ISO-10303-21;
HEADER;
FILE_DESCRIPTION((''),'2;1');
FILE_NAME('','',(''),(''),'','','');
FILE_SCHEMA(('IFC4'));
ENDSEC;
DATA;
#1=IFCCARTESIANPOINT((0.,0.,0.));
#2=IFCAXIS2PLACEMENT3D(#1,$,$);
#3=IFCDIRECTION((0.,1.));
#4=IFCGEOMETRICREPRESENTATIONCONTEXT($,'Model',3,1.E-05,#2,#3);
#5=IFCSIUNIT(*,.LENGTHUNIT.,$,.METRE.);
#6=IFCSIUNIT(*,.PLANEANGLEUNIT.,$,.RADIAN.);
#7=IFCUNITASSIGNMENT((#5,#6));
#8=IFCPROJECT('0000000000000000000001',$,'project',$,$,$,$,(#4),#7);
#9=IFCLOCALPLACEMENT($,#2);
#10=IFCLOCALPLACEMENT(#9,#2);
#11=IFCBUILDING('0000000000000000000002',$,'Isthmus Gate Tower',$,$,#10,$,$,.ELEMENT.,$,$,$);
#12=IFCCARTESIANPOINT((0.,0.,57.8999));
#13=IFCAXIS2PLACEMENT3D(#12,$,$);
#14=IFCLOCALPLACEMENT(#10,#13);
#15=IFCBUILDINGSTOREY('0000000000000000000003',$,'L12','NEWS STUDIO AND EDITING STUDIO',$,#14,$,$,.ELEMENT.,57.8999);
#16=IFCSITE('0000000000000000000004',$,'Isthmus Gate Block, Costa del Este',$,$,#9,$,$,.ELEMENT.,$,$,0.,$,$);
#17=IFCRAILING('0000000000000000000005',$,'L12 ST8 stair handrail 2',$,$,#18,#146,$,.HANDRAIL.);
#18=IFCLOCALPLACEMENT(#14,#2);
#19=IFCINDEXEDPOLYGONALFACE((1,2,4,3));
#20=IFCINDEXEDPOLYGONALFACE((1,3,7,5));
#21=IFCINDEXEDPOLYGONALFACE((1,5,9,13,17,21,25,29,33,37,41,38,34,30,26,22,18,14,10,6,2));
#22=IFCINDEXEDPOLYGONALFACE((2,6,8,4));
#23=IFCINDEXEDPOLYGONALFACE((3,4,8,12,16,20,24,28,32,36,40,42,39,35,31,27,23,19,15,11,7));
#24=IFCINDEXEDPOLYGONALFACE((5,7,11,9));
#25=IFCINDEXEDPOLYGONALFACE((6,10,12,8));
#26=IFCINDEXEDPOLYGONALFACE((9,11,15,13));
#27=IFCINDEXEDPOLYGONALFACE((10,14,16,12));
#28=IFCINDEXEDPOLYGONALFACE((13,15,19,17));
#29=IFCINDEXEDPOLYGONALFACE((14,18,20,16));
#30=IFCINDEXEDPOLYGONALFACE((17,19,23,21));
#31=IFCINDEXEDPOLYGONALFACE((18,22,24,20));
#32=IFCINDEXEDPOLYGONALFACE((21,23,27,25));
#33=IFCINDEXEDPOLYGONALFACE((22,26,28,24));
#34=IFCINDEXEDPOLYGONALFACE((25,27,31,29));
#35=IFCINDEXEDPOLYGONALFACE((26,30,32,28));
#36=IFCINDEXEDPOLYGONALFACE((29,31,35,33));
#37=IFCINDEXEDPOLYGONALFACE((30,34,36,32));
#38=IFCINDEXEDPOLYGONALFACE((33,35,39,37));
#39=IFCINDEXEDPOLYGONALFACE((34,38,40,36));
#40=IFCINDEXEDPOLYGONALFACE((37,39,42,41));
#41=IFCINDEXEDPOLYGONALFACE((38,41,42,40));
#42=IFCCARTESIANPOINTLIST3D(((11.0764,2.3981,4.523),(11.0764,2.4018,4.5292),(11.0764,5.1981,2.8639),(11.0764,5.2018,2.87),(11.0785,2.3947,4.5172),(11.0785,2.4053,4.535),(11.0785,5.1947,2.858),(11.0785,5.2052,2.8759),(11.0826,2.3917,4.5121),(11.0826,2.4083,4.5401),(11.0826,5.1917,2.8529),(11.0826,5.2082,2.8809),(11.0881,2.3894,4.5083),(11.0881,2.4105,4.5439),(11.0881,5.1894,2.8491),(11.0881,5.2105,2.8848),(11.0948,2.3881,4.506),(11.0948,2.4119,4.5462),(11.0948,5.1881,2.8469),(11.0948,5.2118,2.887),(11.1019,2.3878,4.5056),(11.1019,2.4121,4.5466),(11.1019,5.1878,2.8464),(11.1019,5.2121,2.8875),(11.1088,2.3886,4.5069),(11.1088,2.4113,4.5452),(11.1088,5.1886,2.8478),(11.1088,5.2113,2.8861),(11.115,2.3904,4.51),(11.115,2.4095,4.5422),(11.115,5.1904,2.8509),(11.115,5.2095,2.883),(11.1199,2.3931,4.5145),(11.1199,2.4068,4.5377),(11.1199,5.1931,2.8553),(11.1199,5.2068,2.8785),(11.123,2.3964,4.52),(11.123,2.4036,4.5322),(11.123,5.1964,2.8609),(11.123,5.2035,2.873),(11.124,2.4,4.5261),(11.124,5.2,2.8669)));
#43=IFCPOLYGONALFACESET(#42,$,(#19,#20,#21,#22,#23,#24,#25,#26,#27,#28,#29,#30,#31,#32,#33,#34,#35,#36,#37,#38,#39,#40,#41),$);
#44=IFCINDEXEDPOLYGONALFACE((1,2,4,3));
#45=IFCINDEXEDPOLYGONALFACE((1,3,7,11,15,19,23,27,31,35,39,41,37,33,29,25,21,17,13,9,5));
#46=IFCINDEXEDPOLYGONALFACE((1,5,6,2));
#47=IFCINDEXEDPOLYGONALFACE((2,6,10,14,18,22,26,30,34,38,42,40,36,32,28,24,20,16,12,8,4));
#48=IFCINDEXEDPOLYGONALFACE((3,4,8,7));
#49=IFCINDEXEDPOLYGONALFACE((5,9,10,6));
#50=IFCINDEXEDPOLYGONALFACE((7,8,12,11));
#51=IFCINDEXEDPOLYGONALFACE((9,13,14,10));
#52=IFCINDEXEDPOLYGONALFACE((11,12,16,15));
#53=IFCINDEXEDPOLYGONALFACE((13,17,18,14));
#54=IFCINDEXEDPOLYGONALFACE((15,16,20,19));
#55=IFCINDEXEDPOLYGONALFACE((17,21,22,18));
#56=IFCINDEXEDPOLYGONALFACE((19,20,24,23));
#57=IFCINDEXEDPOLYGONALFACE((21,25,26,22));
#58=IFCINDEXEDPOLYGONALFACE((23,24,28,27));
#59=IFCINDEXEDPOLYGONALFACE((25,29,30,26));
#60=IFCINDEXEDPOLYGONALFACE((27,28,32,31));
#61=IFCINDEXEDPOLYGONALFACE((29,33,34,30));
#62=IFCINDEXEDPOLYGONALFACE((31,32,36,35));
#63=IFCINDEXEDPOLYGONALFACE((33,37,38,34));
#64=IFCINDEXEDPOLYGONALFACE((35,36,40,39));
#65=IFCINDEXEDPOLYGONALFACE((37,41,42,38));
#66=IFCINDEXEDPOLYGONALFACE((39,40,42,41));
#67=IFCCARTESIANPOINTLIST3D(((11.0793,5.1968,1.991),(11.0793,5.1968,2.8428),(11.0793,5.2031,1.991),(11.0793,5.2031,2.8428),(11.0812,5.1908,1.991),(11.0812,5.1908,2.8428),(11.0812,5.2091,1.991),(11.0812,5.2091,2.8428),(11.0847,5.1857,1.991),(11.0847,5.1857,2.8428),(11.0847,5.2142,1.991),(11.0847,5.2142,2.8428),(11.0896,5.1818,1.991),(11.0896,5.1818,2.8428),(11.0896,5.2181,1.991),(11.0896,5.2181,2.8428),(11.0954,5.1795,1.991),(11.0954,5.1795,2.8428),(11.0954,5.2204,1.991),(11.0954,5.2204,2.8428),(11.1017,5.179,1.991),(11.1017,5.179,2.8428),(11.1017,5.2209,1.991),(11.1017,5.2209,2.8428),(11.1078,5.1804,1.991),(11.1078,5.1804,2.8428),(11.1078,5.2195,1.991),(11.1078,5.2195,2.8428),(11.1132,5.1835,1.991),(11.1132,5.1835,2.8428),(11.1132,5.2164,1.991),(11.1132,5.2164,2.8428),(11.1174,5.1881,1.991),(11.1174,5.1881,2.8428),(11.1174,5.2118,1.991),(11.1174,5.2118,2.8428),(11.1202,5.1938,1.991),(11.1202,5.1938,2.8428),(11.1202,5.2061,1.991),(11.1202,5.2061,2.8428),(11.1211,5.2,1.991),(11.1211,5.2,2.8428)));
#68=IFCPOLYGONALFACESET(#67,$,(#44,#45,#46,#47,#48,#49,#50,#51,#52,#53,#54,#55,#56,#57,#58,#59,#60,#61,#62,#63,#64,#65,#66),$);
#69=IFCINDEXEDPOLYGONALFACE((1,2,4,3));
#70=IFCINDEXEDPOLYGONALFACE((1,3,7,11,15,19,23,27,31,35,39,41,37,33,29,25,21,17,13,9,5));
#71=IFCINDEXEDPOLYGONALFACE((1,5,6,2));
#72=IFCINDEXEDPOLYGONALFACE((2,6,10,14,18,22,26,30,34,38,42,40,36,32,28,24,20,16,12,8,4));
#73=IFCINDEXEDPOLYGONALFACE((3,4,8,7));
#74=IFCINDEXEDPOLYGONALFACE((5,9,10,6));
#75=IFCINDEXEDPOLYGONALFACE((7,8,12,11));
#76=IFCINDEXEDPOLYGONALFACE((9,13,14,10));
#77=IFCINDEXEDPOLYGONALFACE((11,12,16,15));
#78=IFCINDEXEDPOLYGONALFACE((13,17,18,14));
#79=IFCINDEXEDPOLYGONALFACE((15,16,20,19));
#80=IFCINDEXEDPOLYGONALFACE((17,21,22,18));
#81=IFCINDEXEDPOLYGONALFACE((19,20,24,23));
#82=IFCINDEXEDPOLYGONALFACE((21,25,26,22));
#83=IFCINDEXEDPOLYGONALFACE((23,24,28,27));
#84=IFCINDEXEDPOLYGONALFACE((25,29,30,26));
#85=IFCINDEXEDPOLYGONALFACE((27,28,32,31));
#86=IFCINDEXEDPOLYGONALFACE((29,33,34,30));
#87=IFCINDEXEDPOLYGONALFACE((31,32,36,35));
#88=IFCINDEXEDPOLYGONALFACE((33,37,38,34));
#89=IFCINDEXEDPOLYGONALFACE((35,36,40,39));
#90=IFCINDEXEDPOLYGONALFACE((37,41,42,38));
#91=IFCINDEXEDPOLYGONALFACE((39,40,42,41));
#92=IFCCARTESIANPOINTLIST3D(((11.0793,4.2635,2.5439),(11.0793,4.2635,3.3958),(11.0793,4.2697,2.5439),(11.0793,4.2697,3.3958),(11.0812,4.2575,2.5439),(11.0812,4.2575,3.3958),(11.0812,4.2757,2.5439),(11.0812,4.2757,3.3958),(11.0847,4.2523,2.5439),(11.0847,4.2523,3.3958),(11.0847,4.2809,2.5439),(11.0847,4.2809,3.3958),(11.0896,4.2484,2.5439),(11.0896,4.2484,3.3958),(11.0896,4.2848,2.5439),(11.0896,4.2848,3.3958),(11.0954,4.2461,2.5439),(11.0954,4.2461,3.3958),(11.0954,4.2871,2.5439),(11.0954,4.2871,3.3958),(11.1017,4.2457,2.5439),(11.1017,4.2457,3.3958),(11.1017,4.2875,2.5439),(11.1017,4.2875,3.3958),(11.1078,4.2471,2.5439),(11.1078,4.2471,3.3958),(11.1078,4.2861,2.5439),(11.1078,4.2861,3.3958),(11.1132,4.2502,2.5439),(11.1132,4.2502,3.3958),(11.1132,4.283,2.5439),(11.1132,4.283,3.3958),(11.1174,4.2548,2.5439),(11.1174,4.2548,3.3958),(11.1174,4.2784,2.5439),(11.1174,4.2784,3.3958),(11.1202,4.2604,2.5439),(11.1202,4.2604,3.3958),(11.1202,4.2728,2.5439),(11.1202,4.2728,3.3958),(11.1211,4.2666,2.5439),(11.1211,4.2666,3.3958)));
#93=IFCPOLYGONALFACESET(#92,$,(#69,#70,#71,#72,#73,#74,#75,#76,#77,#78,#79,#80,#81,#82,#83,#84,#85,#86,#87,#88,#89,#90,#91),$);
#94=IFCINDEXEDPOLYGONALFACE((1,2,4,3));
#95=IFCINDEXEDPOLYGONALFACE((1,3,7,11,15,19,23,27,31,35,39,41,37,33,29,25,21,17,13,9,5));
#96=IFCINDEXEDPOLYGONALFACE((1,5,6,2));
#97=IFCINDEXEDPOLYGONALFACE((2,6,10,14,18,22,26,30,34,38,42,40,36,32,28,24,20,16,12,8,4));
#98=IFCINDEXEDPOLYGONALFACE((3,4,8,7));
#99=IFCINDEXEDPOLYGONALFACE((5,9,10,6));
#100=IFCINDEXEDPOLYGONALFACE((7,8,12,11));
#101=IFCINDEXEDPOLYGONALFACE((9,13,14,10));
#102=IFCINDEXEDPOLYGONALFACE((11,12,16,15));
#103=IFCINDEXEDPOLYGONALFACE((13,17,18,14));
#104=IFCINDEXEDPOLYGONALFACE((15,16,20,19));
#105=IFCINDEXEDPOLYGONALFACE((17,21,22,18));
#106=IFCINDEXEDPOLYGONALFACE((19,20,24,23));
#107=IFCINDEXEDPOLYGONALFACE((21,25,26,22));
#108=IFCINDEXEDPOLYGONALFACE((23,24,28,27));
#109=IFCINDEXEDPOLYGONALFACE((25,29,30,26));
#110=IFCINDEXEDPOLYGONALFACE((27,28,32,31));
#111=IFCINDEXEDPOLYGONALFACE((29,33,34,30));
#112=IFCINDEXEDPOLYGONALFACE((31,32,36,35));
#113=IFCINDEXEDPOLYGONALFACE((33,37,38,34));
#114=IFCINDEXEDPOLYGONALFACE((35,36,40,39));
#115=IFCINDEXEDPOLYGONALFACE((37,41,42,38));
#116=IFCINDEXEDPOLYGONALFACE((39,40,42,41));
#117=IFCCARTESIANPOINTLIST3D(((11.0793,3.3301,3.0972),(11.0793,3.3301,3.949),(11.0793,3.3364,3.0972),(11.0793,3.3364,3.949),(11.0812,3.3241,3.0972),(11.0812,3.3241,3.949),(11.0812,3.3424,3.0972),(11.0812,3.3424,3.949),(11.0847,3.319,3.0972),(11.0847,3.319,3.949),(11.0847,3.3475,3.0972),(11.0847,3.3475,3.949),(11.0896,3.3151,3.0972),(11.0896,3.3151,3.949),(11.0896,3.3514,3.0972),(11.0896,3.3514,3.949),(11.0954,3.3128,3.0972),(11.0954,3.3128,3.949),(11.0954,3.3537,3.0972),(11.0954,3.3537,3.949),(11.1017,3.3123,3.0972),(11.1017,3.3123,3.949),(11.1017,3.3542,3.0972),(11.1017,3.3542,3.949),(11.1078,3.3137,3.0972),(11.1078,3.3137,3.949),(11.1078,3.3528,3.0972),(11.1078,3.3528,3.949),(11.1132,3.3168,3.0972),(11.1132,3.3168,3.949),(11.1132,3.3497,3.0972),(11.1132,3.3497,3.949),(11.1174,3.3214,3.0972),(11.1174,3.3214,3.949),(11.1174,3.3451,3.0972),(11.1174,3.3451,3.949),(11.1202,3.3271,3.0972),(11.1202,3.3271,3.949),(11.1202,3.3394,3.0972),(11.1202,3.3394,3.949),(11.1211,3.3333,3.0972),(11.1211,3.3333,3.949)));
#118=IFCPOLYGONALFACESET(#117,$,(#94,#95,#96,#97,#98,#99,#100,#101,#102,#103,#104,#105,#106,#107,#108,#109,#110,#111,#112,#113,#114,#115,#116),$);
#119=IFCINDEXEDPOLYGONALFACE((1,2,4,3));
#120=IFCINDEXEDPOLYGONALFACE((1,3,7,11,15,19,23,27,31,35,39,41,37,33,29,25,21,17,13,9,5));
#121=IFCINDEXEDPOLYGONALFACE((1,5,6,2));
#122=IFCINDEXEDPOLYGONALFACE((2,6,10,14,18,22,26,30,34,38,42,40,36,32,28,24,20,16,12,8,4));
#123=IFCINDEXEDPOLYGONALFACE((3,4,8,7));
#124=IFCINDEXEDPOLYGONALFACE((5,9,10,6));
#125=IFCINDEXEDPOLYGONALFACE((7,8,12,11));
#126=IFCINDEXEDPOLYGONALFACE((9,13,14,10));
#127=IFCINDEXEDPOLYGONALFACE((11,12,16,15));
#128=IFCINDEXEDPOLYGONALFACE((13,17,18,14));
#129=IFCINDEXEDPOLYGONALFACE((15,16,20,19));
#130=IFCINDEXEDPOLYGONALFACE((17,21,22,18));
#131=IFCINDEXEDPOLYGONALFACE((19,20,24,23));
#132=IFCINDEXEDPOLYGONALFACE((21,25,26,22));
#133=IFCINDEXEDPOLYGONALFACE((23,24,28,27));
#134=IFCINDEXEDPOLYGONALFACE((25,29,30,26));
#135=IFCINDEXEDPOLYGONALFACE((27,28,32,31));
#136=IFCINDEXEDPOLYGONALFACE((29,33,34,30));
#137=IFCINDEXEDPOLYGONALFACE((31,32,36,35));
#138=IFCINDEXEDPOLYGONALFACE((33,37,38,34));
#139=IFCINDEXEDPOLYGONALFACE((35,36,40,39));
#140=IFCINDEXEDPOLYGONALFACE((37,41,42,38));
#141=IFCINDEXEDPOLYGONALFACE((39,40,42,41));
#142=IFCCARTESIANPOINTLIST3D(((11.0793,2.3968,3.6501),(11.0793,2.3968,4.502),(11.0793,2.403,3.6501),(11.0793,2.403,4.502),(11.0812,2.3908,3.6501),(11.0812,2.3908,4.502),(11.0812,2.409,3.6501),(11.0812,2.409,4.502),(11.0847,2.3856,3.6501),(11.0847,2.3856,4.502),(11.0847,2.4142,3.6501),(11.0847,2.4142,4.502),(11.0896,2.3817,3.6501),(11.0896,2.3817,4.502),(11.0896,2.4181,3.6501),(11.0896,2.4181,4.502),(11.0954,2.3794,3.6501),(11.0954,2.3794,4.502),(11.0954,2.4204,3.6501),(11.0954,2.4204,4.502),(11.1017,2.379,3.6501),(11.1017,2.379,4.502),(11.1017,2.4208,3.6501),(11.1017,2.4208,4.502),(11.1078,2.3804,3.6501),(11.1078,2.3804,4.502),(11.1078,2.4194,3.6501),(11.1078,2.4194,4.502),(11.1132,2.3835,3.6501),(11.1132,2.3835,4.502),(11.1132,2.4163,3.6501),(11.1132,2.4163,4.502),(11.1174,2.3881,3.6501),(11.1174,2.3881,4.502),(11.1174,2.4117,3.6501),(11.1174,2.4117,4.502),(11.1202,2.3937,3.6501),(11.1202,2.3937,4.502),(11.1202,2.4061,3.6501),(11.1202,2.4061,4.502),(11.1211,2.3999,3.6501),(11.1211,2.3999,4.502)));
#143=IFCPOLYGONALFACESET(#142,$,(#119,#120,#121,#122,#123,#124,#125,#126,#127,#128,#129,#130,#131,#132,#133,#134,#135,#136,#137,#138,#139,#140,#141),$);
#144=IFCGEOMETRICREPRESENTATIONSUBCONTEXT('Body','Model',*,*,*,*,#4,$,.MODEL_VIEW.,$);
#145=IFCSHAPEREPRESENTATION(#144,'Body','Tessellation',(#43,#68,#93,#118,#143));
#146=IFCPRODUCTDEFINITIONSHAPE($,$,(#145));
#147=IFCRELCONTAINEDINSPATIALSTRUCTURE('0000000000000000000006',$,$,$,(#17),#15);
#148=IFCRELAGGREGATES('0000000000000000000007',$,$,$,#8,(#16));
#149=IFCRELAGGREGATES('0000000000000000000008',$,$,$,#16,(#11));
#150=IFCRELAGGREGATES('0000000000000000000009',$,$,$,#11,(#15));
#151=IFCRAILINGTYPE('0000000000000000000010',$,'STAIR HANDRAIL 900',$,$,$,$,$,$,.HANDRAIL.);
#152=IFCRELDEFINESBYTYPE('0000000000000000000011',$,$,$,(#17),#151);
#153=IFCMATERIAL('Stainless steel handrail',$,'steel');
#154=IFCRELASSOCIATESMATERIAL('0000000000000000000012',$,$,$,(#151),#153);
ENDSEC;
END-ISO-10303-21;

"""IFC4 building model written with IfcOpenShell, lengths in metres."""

from ifc_helpers import new_model, si_unit, direction, frame, origin, origin_2d, place, context, subcontext, project, spatial, circle, extrude, material, type_object, element, save


model = new_model("IFC4")

# Units and contexts
model_context = context("Model", 3, precision=1e-05, world=origin(), true_north=direction((0.0, 1.0)))
body_context = subcontext(model_context, "Body", "Model", "MODEL_VIEW")
ifc_project = project(units=[si_unit("LENGTHUNIT", "METRE"), si_unit("PLANEANGLEUNIT", "RADIAN")], contexts=[model_context])

# Site, building, storey
site_placement = place(None, origin())
site = spatial("IfcSite", under=ifc_project, at=site_placement, Name="Isthmus Gate Block, Costa del Este", CompositionType="ELEMENT", RefElevation=0.0)
building_placement = place(site_placement, origin())
building = spatial("IfcBuilding", under=site, at=building_placement, Name="Isthmus Gate Tower", CompositionType="ELEMENT")
storey_placement = place(building_placement, frame((0.0, 0.0, 57.8999)))
storey = spatial("IfcBuildingStorey", under=building, at=storey_placement, Name="L12", Description="NEWS STUDIO AND EDITING STUDIO", CompositionType="ELEMENT", Elevation=57.8999)

# Railing
ifc_material_1 = material(Name="Stainless steel handrail", Category="steel")
railing_type_1 = type_object("IfcRailingType", Name="STAIR HANDRAIL 900", PredefinedType="HANDRAIL", material=ifc_material_1)
for number, where, name in (
    (1, (11.1001, 5.2, 1.991), "L12 ST8 stair handrail 2"),
):
    element("IfcRailing", number, at=place(storey_placement, frame(where)), inside=storey, type_object=railing_type_1, Name=name, PredefinedType="HANDRAIL", context=body_context, shape_type="SweptSolid", body=[
        extrude(circle(Radius=0.0239, at=origin_2d()), frame((0.0, 0.0, 0.876), z_axis=(0.0, -0.860306, 0.509778), x_axis=(1.0, 0.0, 0.0)), (0.0, 0.0, 1.0), 3.2546),
        extrude(circle(Radius=0.021, at=origin_2d()), origin(), (0.0, 0.0, 1.0), 0.8518),
        extrude(circle(Radius=0.021, at=origin_2d()), frame((0.0, -0.9333, 0.553)), (0.0, 0.0, 1.0), 0.8518),
        extrude(circle(Radius=0.021, at=origin_2d()), frame((0.0, -1.8667, 1.1062)), (0.0, 0.0, 1.0), 0.8518),
        extrude(circle(Radius=0.021, at=origin_2d()), frame((0.0, -2.8, 1.6592)), (0.0, 0.0, 1.0), 0.8518),
    ])

save(model, "model.ifc")
